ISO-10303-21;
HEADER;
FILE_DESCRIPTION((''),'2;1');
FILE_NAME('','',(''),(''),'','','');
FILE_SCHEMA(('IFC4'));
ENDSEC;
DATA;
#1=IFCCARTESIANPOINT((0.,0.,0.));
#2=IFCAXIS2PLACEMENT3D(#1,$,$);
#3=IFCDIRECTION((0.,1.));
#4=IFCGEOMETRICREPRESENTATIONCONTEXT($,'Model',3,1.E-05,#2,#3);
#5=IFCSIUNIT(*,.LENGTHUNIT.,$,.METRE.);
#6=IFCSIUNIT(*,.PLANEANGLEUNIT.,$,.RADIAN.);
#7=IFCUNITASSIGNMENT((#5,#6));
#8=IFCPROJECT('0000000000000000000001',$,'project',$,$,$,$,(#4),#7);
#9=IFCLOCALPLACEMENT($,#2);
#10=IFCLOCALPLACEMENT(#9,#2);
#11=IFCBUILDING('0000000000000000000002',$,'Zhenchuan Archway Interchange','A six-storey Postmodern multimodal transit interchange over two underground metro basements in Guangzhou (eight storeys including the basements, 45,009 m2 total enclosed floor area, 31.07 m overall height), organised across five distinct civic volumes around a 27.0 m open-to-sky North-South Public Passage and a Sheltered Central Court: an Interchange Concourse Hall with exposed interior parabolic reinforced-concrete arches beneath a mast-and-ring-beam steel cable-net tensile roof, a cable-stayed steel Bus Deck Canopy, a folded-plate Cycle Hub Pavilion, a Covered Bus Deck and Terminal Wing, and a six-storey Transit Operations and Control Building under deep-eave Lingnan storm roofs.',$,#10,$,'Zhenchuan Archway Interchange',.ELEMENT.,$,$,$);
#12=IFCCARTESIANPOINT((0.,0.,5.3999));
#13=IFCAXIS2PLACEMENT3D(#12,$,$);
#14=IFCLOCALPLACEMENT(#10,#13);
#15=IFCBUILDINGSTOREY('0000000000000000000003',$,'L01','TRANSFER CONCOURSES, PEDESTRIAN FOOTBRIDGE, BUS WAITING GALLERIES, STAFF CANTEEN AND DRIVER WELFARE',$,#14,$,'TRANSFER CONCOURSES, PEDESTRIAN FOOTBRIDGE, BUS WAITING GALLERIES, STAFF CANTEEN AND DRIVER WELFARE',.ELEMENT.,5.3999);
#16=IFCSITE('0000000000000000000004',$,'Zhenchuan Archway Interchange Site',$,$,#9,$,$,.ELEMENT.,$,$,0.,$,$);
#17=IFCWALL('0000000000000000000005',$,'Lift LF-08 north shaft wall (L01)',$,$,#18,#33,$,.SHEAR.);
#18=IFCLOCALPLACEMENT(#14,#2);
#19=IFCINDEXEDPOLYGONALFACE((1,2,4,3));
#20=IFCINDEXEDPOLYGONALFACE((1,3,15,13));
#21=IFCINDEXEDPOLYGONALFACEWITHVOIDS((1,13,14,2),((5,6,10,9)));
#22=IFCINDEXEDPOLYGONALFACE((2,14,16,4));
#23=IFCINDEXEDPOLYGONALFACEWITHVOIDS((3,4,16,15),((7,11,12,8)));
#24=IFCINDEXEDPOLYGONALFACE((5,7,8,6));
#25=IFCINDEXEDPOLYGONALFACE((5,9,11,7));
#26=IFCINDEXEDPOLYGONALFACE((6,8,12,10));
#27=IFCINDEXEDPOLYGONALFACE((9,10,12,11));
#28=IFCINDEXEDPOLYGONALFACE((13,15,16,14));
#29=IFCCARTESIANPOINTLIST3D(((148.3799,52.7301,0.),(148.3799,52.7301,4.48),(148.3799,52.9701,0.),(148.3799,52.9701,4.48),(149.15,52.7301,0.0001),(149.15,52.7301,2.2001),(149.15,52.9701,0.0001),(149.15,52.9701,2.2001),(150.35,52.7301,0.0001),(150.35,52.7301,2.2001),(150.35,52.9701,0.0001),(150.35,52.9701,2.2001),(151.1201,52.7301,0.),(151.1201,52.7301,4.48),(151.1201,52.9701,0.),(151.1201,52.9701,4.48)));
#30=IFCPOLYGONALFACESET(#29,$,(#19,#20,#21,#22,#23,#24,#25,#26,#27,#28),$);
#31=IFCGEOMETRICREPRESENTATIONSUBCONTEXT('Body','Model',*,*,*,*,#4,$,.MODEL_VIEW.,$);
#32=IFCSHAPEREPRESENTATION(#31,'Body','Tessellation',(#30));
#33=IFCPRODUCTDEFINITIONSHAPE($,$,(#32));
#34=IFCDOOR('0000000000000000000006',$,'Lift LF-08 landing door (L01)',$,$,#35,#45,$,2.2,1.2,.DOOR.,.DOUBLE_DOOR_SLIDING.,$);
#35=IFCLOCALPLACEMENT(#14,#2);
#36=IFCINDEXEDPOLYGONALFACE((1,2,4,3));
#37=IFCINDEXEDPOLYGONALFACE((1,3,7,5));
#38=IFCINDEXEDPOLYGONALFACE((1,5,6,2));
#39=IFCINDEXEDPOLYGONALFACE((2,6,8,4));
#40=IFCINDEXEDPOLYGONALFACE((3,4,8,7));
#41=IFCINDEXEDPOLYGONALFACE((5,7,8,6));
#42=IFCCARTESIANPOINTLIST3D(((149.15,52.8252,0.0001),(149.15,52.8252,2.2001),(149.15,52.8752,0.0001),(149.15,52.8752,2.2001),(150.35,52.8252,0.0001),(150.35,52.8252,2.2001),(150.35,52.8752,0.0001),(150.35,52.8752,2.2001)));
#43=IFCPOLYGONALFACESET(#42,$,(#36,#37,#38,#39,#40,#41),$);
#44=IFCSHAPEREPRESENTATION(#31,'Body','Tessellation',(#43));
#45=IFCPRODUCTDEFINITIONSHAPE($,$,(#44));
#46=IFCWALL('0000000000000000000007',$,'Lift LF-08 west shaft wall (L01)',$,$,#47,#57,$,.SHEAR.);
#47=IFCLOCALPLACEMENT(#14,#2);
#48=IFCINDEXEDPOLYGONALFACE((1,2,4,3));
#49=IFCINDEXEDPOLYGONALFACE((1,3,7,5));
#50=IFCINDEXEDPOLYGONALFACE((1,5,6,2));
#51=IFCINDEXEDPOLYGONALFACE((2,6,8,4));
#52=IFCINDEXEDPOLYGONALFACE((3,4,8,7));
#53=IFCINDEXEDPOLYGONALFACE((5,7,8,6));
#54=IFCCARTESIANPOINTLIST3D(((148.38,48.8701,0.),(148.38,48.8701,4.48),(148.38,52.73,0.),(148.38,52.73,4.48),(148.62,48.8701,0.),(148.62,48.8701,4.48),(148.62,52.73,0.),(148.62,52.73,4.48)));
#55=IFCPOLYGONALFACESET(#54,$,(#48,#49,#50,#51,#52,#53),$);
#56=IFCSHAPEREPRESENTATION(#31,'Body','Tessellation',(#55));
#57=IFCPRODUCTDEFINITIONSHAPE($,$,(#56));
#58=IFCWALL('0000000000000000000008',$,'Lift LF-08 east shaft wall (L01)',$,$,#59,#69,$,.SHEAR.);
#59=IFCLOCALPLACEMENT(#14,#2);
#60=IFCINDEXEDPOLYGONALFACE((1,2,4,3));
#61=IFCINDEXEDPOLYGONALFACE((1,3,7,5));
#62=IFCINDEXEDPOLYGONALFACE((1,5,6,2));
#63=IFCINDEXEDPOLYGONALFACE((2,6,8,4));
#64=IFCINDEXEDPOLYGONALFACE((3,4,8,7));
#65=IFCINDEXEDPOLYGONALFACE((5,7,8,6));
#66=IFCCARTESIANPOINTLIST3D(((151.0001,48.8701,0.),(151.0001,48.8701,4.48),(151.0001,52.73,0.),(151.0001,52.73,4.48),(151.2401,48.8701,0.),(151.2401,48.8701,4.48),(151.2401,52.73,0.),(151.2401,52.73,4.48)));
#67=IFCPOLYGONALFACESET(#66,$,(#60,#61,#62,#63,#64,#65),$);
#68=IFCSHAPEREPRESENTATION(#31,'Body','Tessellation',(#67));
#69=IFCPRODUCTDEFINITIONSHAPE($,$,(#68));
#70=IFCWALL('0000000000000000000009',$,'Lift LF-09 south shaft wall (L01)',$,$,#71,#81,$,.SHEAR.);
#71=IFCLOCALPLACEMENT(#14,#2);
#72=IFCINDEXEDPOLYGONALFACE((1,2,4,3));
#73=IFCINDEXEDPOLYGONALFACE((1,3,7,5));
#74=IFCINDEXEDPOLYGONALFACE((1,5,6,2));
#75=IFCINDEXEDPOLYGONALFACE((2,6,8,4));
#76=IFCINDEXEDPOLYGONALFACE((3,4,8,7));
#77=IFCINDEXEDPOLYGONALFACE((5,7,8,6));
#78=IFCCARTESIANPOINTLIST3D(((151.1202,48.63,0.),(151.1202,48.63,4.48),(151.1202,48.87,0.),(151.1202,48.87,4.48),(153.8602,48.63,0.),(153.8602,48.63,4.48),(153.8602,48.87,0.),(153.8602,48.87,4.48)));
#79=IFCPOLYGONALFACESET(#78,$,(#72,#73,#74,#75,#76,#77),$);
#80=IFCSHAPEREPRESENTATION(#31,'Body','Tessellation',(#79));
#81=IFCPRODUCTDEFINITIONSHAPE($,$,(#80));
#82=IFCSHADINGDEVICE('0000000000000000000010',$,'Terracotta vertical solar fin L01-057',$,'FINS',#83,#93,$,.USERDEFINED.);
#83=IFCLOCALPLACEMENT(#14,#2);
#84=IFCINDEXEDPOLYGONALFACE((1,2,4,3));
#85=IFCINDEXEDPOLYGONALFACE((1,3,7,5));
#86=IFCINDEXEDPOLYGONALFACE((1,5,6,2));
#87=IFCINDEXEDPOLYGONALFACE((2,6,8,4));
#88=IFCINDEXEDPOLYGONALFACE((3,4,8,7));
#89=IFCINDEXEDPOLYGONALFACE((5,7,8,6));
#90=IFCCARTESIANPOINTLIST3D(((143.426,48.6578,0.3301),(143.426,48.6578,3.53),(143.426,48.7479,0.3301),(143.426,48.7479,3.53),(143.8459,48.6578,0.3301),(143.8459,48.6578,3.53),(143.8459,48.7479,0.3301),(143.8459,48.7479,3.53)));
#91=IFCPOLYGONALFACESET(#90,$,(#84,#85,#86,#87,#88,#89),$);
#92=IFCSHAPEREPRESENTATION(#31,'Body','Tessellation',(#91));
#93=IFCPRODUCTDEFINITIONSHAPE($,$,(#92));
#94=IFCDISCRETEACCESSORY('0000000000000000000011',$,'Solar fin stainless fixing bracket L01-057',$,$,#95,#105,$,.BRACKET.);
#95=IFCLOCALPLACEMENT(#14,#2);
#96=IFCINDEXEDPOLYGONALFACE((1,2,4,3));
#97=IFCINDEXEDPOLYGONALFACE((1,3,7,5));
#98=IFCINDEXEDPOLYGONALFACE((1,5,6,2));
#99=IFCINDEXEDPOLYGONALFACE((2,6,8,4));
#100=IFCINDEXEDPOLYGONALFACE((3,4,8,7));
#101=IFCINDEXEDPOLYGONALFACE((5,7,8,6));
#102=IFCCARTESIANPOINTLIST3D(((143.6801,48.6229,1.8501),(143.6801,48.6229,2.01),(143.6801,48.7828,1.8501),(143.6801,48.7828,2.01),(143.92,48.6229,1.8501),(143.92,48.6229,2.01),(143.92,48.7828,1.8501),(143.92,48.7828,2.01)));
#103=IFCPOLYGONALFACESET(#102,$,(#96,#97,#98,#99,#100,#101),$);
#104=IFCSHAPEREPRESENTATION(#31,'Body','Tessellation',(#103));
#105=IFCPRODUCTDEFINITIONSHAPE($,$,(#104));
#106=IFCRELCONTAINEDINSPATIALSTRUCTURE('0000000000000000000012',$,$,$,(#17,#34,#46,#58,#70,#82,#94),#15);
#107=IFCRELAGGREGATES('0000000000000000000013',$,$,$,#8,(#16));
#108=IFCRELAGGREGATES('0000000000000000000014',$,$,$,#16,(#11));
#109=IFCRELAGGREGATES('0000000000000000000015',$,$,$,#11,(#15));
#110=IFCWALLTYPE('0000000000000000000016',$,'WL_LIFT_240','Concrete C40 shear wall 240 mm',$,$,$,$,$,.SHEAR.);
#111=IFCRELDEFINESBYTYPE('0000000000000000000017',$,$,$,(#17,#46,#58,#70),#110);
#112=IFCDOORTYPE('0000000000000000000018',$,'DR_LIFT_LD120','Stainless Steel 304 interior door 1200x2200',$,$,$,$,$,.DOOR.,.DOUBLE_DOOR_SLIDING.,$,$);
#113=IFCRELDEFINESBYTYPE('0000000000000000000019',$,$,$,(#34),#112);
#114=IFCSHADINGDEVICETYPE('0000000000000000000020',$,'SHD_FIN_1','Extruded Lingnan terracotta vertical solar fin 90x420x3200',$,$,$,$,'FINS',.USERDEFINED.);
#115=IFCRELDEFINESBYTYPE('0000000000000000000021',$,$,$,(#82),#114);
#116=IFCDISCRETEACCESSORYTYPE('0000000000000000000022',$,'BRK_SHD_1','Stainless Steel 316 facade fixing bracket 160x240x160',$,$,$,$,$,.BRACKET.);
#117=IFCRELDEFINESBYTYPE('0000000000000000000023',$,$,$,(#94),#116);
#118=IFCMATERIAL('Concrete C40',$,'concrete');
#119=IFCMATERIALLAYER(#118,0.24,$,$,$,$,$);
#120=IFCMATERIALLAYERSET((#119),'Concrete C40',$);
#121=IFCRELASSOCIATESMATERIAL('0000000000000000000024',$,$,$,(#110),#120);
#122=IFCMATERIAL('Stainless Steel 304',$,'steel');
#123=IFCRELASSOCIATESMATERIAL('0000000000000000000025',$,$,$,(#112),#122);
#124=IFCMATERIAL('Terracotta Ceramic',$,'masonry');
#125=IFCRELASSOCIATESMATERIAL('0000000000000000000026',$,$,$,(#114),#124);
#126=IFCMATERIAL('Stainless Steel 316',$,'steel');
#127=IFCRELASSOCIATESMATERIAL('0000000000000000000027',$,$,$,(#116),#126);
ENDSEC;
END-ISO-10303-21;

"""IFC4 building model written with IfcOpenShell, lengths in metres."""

from ifc_helpers import new_model, si_unit, direction, frame, frame_2d, origin, origin_2d, place, context, subcontext, project, spatial, rectangle, extrude, material, layer, layer_set, type_object, element, fill, save


model = new_model("IFC4")

# Units and contexts
model_context = context("Model", 3, precision=1e-05, world=origin(), true_north=direction((0.0, 1.0)))
body_context = subcontext(model_context, "Body", "Model", "MODEL_VIEW")
ifc_project = project(units=[si_unit("LENGTHUNIT", "METRE"), si_unit("PLANEANGLEUNIT", "RADIAN")], contexts=[model_context])

# Site, building, storey
site_placement = place(None, origin())
site = spatial("IfcSite", under=ifc_project, at=site_placement, Name="Zhenchuan Archway Interchange Site", CompositionType="ELEMENT", RefElevation=0.0)
building_placement = place(site_placement, origin())
building = spatial("IfcBuilding", under=site, at=building_placement, Name="Zhenchuan Archway Interchange", Description="A six-storey Postmodern multimodal transit interchange over two underground metro basements in Guangzhou (eight storeys including the basements, 45,009 m2 total enclosed floor area, 31.07 m overall height), organised across five distinct civic volumes around a 27.0 m open-to-sky North-South Public Passage and a Sheltered Central Court: an Interchange Concourse Hall with exposed interior parabolic reinforced-concrete arches beneath a mast-and-ring-beam steel cable-net tensile roof, a cable-stayed steel Bus Deck Canopy, a folded-plate Cycle Hub Pavilion, a Covered Bus Deck and Terminal Wing, and a six-storey Transit Operations and Control Building under deep-eave Lingnan storm roofs.", LongName="Zhenchuan Archway Interchange", CompositionType="ELEMENT")
storey_placement = place(building_placement, frame((0.0, 0.0, 5.3999)))
storey = spatial("IfcBuildingStorey", under=building, at=storey_placement, Name="L01", Description="TRANSFER CONCOURSES, PEDESTRIAN FOOTBRIDGE, BUS WAITING GALLERIES, STAFF CANTEEN AND DRIVER WELFARE", LongName="TRANSFER CONCOURSES, PEDESTRIAN FOOTBRIDGE, BUS WAITING GALLERIES, STAFF CANTEEN AND DRIVER WELFARE", CompositionType="ELEMENT", Elevation=5.3999)

# Shared definitions
ifc_material_1 = material(Name="Concrete C40", Category="concrete")

# Shared definitions
ifc_layer_1 = layer(ifc_material_1, 0.24)
ifc_layer_set_1 = layer_set([ifc_layer_1], Name="Concrete C40")
wall_type_1 = type_object("IfcWallType", Name="WL_LIFT_240", Description="Concrete C40 shear wall 240 mm", PredefinedType="SHEAR", material=ifc_layer_set_1)

# Wall, opening, door
wall_1_placement = place(storey_placement, frame((151.1201, 52.8501, 0.0), z_axis=(0.0, 0.0, 1.0), x_axis=(-1.0, 0.0, 0.0)))
wall_1 = element("IfcWall", 1, at=wall_1_placement, inside=storey, type_object=wall_type_1, Name="Lift LF-08 north shaft wall (L01)", PredefinedType="SHEAR", context=body_context, shape_type="SweptSolid", body=[
    extrude(rectangle(XDim=2.7402, YDim=0.24, at=frame_2d((1.3701, 0.0))), origin(), (0.0, 0.0, 1.0), 4.48),
])
opening_1_placement = place(wall_1_placement, frame((0.77, 0.0, 0.0)))
opening_1 = element("IfcOpeningElement", 2, at=opening_1_placement, cuts=wall_1, PredefinedType="OPENING", context=body_context, shape_type="SweptSolid", body=[
    extrude(rectangle(XDim=1.2, YDim=2.2, at=frame_2d((0.6001, 1.1001))), frame((0.0, 0.1318, 0.0), z_axis=(0.0, -1.0, 0.0), x_axis=(1.0, 0.0, 0.0)), (0.0, 0.0, 1.0), 0.2639),
])
ifc_material_2 = material(Name="Stainless Steel 304", Category="steel")
door_type_1 = type_object("IfcDoorType", Name="DR_LIFT_LD120", Description="Stainless Steel 304 interior door 1200x2200", OperationType="DOUBLE_DOOR_SLIDING", PredefinedType="DOOR", material=ifc_material_2)
door_1_placement = place(opening_1_placement, origin())
door_1 = element("IfcDoor", 3, at=door_1_placement, inside=storey, type_object=door_type_1, Name="Lift LF-08 landing door (L01)", OperationType="DOUBLE_DOOR_SLIDING", OverallHeight=2.2, OverallWidth=1.2, PredefinedType="DOOR", context=body_context, shape_type="SweptSolid", body=[
    extrude(rectangle(XDim=1.2, YDim=2.2, at=frame_2d((0.6001, 1.1001))), frame((0.0, 0.0249, 0.0), z_axis=(0.0, -1.0, 0.0), x_axis=(1.0, 0.0, 0.0)), (0.0, 0.0, 1.0), 0.05),
])
fill(opening_1, door_1)

# Walls
for number, where, z_axis, x_axis, name in (
    (4, (148.5, 52.73, 0.0), (0.0, 0.0, 1.0), (0.0, -1.0, 0.0), "Lift LF-08 west shaft wall (L01)"),
    (5, (151.1201, 48.8701, 0.0), (0.0, 0.0, 1.0), (0.0, 1.0, 0.0), "Lift LF-08 east shaft wall (L01)"),
):
    element("IfcWall", number, at=place(storey_placement, frame(where, z_axis=z_axis, x_axis=x_axis)), inside=storey, type_object=wall_type_1, Name=name, PredefinedType="SHEAR", context=body_context, shape_type="SweptSolid", body=[
        extrude(rectangle(XDim=3.8599, YDim=0.24, at=frame_2d((1.9299, 0.0))), origin(), (0.0, 0.0, 1.0), 4.48),
    ])
wall_2_placement = place(storey_placement, frame((151.1201, 48.75, 0.0), z_axis=(0.0, 0.0, 1.0), x_axis=(1.0, 0.0, 0.0)))
element("IfcWall", 6, at=wall_2_placement, inside=storey, type_object=wall_type_1, Name="Lift LF-09 south shaft wall (L01)", PredefinedType="SHEAR", context=body_context, shape_type="SweptSolid", body=[
    extrude(rectangle(XDim=2.74, YDim=0.24, at=frame_2d((1.3701, 0.0))), origin(), (0.0, 0.0, 1.0), 4.48),
])

# Shading device
ifc_material_3 = material(Name="Terracotta Ceramic", Category="masonry")
shading_device_type = type_object("IfcShadingDeviceType", Name="SHD_FIN_1", Description="Extruded Lingnan terracotta vertical solar fin 90x420x3200", ElementType="FINS", PredefinedType="USERDEFINED", material=ifc_material_3)
shading_device_placement = place(storey_placement, frame((143.636, 48.7029, 0.3301), z_axis=(0.0, 0.0, 1.0), x_axis=(0.0, 1.0, 0.0)))
element("IfcShadingDevice", 7, at=shading_device_placement, inside=storey, type_object=shading_device_type, Name="Terracotta vertical solar fin L01-057", ObjectType="FINS", PredefinedType="USERDEFINED", context=body_context, shape_type="SweptSolid", body=[
    extrude(rectangle(XDim=0.0901, YDim=0.4199, at=origin_2d()), origin(), (0.0, 0.0, 1.0), 3.2),
])

# Discrete accessory
ifc_material_4 = material(Name="Stainless Steel 316", Category="steel")
discrete_accessory_type = type_object("IfcDiscreteAccessoryType", Name="BRK_SHD_1", Description="Stainless Steel 316 facade fixing bracket 160x240x160", PredefinedType="BRACKET", material=ifc_material_4)
discrete_accessory_placement = place(storey_placement, frame((143.8, 48.7029, 1.8501), z_axis=(0.0, 0.0, 1.0), x_axis=(0.0, 1.0, 0.0)))
element("IfcDiscreteAccessory", 8, at=discrete_accessory_placement, inside=storey, type_object=discrete_accessory_type, Name="Solar fin stainless fixing bracket L01-057", PredefinedType="BRACKET", context=body_context, shape_type="SweptSolid", body=[
    extrude(rectangle(XDim=0.1599, YDim=0.24, at=origin_2d()), origin(), (0.0, 0.0, 1.0), 0.1599),
])

save(model, "model.ifc")
